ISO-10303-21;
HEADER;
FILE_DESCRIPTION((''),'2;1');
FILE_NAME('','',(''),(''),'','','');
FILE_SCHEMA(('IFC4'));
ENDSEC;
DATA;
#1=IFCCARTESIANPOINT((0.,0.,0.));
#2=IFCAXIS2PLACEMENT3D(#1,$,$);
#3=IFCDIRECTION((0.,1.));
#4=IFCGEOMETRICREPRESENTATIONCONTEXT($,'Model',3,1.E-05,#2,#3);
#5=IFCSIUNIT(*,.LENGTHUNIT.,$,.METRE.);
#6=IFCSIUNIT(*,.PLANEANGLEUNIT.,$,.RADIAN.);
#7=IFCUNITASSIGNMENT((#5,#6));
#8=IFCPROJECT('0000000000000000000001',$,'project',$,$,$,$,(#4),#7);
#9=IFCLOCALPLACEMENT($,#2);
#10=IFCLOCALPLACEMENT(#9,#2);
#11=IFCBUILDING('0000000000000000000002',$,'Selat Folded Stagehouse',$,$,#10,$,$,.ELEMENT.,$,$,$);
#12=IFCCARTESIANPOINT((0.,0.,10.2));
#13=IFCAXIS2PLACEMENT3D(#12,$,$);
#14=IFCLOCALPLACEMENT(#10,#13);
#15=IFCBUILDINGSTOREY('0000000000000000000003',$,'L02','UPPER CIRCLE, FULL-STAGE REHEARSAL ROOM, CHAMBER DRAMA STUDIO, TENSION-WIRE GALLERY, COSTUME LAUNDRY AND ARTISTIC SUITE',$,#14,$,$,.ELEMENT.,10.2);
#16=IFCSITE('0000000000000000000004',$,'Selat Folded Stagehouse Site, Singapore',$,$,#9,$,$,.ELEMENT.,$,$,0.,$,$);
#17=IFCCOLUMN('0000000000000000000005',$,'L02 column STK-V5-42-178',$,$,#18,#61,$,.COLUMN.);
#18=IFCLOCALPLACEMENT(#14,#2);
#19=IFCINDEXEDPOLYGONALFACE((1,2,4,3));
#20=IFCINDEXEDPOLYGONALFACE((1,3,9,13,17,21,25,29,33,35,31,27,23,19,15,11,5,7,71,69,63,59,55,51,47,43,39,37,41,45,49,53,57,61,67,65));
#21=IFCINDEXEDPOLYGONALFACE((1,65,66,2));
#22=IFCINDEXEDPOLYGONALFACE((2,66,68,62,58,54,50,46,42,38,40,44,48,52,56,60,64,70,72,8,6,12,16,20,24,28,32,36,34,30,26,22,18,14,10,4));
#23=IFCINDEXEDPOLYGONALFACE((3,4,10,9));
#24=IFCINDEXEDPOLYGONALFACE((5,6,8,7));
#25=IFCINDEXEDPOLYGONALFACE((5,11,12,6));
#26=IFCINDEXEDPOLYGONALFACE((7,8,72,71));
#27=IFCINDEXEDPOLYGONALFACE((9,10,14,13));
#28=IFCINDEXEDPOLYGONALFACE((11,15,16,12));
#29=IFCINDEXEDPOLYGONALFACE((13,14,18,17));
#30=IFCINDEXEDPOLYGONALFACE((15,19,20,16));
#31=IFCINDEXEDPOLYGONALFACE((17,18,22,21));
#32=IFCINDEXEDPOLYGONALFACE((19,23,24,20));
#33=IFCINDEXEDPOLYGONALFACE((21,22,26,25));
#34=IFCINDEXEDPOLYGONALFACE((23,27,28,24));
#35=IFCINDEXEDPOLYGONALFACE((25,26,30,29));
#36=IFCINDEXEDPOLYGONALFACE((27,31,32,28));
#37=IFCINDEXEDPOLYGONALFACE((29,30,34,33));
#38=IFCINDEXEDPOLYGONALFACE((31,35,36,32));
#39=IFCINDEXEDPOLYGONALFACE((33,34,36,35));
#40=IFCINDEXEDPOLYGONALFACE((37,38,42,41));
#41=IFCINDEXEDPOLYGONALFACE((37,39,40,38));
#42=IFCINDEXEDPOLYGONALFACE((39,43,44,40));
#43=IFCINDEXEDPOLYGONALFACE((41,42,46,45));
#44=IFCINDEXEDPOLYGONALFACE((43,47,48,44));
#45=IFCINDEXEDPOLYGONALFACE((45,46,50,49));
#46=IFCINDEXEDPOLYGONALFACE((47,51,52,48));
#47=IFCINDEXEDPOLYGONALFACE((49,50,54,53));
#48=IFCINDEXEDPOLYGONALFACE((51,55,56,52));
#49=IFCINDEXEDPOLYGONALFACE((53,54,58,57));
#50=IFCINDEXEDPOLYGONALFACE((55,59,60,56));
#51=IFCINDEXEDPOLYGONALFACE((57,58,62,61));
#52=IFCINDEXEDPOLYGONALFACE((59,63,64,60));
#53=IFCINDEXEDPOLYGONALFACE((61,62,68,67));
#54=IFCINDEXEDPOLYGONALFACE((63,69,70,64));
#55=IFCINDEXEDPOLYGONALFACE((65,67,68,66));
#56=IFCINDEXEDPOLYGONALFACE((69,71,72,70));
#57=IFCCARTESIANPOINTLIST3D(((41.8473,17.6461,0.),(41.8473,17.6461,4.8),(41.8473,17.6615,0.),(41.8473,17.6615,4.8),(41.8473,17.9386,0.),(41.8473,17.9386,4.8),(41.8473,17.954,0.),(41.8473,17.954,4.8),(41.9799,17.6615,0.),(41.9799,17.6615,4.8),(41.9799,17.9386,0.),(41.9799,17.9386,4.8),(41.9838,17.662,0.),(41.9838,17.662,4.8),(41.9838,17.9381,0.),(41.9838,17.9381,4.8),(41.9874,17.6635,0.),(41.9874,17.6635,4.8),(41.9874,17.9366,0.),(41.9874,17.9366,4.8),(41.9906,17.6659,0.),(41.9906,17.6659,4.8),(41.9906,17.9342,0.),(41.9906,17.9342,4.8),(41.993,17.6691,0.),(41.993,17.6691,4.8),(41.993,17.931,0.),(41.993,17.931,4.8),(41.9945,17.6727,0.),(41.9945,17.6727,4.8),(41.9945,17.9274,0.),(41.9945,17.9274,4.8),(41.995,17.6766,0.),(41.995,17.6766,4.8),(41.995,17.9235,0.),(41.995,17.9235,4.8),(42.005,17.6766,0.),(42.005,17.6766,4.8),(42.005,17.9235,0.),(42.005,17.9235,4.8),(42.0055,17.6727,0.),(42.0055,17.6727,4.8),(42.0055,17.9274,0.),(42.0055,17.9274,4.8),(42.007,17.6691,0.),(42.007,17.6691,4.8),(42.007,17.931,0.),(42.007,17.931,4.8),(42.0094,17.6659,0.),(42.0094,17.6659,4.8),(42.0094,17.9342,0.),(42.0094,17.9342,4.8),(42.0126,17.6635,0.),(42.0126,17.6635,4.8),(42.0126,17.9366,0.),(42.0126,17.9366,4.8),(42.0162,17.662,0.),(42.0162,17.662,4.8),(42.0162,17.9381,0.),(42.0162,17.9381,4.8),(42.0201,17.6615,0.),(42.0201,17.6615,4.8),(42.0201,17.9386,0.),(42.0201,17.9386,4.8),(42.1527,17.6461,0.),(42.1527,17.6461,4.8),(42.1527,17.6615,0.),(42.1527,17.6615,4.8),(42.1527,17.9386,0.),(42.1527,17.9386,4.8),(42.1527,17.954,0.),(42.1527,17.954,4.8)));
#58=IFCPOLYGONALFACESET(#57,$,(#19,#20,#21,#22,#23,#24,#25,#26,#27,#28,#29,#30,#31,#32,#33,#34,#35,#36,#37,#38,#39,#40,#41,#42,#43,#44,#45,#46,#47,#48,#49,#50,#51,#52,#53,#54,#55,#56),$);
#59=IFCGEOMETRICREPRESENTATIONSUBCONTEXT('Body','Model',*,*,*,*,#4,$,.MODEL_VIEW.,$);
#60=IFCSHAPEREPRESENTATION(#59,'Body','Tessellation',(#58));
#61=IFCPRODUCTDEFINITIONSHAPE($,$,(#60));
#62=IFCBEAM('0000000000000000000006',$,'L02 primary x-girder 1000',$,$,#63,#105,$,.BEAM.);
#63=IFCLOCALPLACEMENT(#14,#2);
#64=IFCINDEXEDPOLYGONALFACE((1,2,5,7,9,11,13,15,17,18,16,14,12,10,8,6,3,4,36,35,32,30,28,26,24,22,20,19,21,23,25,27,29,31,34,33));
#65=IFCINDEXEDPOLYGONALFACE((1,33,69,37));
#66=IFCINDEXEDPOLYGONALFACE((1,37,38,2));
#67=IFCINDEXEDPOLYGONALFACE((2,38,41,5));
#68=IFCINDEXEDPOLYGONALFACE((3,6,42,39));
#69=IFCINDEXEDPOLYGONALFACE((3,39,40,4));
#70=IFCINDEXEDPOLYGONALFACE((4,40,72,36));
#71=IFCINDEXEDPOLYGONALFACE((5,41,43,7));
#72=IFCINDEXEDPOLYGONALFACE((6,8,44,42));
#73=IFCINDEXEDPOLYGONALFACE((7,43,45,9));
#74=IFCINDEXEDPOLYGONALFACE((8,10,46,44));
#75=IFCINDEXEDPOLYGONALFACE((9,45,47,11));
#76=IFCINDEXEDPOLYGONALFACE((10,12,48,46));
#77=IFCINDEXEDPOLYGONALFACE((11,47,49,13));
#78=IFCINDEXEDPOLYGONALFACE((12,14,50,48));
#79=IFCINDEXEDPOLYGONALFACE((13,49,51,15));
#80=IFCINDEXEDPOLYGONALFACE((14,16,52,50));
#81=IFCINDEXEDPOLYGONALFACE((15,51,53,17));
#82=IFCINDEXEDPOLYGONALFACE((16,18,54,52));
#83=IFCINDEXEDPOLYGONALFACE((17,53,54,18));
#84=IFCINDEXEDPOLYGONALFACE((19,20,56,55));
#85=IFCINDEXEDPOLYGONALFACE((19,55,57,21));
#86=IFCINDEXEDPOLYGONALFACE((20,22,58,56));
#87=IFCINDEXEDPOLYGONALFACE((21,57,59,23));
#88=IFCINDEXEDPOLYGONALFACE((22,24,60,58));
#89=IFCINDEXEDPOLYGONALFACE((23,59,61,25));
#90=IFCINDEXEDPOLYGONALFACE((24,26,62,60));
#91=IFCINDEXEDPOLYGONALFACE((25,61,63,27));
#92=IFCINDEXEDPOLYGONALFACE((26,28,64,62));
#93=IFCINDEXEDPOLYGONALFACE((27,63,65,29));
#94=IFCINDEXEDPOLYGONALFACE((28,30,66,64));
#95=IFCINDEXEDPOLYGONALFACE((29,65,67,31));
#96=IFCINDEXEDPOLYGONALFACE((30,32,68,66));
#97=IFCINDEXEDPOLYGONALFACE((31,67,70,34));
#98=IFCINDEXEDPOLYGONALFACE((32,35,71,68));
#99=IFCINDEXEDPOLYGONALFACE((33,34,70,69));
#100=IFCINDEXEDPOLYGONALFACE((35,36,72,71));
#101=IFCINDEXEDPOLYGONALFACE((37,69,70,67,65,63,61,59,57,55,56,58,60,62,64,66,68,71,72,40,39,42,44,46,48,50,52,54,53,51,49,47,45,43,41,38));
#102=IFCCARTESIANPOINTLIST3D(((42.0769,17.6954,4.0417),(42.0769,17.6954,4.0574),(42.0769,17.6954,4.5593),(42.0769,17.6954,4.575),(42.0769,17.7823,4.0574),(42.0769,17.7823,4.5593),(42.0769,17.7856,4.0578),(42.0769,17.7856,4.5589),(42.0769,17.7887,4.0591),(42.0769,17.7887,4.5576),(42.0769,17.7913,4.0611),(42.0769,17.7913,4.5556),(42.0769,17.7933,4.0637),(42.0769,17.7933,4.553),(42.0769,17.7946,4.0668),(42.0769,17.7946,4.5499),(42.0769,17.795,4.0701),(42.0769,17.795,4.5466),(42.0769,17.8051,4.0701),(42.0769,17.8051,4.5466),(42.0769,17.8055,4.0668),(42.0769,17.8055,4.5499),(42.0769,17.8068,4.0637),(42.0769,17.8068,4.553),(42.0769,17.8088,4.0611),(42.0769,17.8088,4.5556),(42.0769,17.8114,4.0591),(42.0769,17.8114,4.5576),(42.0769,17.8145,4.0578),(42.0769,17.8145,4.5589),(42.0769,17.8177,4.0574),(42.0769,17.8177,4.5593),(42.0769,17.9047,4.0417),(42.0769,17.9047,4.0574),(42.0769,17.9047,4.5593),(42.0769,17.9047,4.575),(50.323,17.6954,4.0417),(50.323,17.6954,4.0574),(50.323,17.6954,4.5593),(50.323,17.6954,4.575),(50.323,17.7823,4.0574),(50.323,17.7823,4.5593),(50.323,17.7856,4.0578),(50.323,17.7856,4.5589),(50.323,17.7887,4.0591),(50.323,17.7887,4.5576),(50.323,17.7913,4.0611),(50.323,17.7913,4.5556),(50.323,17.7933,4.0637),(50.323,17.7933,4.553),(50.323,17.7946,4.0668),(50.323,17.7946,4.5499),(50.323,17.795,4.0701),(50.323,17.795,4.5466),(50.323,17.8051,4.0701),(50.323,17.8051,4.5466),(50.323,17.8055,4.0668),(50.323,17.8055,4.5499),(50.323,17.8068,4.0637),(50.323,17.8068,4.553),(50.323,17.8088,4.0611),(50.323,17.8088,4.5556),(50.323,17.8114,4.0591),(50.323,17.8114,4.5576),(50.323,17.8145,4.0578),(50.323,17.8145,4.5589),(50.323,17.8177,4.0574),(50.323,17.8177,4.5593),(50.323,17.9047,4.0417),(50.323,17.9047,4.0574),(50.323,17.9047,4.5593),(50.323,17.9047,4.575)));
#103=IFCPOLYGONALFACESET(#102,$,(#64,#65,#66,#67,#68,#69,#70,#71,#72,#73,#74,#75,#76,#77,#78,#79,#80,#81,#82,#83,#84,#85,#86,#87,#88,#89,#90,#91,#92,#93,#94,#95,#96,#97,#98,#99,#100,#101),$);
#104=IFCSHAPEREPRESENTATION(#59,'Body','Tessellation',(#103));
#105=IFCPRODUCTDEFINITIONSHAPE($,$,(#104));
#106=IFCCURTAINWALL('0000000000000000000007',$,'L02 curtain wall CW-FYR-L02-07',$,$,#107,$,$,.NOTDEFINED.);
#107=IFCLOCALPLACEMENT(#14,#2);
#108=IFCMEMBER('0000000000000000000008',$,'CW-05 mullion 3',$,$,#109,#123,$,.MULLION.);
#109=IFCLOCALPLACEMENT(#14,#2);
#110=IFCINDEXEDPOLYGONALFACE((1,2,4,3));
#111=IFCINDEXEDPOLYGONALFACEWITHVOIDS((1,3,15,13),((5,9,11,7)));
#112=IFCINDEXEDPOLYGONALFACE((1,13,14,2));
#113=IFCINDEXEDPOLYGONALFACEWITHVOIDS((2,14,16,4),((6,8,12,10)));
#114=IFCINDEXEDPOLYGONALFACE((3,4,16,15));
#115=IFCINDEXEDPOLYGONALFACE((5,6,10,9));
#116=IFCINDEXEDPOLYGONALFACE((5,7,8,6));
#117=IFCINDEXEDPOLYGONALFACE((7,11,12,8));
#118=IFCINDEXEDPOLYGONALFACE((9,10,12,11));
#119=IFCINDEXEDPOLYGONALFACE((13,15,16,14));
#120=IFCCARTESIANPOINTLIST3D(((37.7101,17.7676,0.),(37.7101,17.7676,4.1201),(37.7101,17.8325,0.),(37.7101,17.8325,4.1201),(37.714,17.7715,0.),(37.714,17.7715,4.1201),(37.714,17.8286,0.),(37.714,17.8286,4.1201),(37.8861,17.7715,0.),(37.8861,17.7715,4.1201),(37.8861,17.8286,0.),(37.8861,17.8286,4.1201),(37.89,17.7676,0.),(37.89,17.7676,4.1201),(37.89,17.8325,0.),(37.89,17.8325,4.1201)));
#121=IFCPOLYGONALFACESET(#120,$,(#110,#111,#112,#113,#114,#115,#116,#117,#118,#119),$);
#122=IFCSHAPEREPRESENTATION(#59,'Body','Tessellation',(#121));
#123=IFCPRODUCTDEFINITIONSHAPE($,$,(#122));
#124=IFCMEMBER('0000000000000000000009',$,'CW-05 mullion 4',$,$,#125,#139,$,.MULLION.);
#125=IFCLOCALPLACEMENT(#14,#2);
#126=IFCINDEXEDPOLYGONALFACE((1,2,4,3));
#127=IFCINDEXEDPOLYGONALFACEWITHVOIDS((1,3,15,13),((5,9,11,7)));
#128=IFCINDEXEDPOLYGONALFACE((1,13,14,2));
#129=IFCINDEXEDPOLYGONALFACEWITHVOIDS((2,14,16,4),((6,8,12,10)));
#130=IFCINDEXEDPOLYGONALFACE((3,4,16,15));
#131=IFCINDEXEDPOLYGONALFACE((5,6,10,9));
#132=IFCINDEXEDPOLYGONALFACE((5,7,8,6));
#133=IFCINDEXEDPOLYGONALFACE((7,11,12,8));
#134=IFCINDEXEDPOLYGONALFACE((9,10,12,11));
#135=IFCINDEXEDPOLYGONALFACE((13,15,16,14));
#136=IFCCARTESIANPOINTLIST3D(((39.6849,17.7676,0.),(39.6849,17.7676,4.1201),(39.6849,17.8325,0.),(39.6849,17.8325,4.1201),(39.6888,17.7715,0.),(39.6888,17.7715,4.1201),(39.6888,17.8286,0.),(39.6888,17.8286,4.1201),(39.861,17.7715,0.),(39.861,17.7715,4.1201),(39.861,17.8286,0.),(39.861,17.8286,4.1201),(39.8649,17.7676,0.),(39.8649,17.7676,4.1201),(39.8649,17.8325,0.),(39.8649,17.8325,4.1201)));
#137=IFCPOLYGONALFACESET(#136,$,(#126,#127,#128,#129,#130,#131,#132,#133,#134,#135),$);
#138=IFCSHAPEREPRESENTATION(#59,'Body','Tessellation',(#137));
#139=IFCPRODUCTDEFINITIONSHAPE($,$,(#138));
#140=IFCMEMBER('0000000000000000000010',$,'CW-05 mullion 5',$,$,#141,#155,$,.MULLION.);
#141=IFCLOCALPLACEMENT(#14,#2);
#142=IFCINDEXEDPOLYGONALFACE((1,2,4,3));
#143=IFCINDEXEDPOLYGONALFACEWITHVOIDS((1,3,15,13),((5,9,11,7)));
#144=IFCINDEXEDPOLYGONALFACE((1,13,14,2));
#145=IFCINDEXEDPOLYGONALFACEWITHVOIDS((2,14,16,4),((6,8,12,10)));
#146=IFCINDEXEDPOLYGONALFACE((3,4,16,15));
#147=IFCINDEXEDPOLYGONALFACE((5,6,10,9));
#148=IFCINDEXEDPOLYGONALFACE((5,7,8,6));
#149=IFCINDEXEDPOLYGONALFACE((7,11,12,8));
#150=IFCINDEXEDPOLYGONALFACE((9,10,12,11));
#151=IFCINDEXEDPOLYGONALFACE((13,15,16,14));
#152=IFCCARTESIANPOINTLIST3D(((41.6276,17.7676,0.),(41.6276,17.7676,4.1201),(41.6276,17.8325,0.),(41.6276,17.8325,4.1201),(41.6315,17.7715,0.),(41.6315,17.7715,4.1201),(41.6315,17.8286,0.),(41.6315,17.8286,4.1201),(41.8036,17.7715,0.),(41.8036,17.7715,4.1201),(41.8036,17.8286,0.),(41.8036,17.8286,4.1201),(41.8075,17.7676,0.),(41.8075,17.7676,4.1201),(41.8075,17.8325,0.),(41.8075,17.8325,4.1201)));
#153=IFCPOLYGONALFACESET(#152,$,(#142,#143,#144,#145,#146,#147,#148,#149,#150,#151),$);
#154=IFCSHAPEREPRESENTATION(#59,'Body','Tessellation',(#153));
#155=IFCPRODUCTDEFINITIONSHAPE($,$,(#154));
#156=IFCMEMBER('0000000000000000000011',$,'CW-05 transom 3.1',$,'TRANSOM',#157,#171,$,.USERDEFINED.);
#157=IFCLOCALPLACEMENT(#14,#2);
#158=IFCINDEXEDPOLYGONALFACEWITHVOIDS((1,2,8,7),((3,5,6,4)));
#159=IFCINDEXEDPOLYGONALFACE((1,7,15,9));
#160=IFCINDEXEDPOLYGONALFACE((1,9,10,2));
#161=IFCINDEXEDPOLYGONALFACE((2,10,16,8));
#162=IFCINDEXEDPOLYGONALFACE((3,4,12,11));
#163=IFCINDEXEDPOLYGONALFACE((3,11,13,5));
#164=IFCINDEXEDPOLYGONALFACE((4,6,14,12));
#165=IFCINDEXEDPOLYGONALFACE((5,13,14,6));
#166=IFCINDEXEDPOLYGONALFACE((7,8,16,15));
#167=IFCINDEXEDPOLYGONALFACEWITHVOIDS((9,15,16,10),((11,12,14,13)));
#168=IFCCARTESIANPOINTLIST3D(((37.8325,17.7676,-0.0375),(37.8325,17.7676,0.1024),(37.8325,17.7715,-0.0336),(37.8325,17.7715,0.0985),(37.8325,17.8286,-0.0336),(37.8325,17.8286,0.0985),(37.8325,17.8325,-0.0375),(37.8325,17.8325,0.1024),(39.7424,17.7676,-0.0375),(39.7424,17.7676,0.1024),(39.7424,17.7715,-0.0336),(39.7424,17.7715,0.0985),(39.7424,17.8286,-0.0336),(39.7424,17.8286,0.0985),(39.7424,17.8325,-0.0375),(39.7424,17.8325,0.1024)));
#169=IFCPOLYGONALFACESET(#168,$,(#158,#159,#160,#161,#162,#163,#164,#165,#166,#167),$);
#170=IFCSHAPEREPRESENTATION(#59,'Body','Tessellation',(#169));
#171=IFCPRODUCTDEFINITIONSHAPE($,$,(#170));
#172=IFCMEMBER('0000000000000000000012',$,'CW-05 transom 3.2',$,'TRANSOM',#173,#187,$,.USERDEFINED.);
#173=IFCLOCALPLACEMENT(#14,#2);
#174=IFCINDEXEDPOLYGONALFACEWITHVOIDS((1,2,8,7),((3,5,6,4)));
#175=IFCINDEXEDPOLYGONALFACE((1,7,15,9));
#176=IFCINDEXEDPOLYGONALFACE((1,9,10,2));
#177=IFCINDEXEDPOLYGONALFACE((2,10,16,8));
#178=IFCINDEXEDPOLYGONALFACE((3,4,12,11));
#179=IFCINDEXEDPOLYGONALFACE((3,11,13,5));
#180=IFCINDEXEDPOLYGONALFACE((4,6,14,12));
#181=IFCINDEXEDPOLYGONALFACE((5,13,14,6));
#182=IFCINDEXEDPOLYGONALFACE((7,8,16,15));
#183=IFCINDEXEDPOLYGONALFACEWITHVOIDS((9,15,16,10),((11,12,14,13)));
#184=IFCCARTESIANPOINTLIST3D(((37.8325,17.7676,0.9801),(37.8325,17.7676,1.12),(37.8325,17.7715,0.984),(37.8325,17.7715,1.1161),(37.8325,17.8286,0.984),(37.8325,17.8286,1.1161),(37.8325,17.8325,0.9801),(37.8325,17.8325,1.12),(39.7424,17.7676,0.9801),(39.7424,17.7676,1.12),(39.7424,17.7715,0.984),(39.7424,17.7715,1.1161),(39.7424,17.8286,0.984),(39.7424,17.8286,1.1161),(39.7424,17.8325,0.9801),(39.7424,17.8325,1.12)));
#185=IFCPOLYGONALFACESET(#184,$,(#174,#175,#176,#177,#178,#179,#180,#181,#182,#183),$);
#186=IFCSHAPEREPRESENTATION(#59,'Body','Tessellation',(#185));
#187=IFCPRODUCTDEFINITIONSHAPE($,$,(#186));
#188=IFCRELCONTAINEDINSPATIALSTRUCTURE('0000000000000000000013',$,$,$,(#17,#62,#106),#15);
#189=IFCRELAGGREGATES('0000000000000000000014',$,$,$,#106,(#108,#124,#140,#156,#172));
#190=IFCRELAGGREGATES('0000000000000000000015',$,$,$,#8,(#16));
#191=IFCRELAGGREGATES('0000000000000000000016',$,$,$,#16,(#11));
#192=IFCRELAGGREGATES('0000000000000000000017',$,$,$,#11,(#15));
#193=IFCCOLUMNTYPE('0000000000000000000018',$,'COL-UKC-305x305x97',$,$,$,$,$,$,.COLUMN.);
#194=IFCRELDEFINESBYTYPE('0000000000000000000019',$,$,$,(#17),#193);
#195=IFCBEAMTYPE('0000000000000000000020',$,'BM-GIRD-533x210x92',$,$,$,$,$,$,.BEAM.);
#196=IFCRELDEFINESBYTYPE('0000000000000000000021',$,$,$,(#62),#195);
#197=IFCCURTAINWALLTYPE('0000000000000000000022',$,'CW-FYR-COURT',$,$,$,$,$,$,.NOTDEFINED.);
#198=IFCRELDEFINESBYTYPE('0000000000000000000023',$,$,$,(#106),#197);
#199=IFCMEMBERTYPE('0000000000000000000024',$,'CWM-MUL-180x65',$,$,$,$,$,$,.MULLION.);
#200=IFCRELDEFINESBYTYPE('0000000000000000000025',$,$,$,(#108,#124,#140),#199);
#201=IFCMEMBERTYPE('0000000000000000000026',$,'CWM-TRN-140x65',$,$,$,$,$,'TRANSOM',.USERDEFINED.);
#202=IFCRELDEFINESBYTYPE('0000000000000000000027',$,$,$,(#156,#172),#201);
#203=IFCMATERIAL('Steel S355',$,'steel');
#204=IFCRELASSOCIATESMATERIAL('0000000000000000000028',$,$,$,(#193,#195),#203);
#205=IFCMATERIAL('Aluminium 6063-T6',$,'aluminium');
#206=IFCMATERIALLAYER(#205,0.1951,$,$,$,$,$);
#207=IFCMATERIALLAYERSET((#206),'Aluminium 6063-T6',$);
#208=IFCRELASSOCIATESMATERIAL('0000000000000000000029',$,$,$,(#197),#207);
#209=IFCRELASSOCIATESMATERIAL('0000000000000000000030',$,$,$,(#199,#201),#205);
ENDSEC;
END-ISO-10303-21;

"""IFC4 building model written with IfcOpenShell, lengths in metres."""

from ifc_helpers import new_model, si_unit, direction, frame, origin, origin_2d, place, context, subcontext, project, spatial, hollow_rectangle, i_section, extrude, material, layer, layer_set, material_profile, profile_set, type_object, element, aggregate, save


model = new_model("IFC4")

# Units and contexts
model_context = context("Model", 3, precision=1e-05, world=origin(), true_north=direction((0.0, 1.0)))
body_context = subcontext(model_context, "Body", "Model", "MODEL_VIEW")
ifc_project = project(units=[si_unit("LENGTHUNIT", "METRE"), si_unit("PLANEANGLEUNIT", "RADIAN")], contexts=[model_context])

# Site, building, storey
site_placement = place(None, origin())
site = spatial("IfcSite", under=ifc_project, at=site_placement, Name="Selat Folded Stagehouse Site, Singapore", CompositionType="ELEMENT", RefElevation=0.0)
building_placement = place(site_placement, origin())
building = spatial("IfcBuilding", under=site, at=building_placement, Name="Selat Folded Stagehouse", CompositionType="ELEMENT")
storey_placement = place(building_placement, frame((0.0, 0.0, 10.2)))
storey = spatial("IfcBuildingStorey", under=building, at=storey_placement, Name="L02", Description="UPPER CIRCLE, FULL-STAGE REHEARSAL ROOM, CHAMBER DRAMA STUDIO, TENSION-WIRE GALLERY, COSTUME LAUNDRY AND ARTISTIC SUITE", CompositionType="ELEMENT", Elevation=10.2)

# Column
ifc_material_1 = material(Name="Steel S355", Category="steel")
ifc_material_profile_1 = material_profile(ifc_material_1, i_section(OverallWidth=0.3054, OverallDepth=0.3079, WebThickness=0.01, FlangeThickness=0.0154, FilletRadius=0.0151, at=origin_2d()), Name="UKC 305x305x97")
ifc_profile_set_1 = profile_set([ifc_material_profile_1], Name="Steel S355")
column_type = type_object("IfcColumnType", Name="COL-UKC-305x305x97", PredefinedType="COLUMN", material=ifc_profile_set_1)
column_placement = place(storey_placement, frame((42.0, 17.8, 0.0), z_axis=(0.0, 0.0, 1.0), x_axis=(1.0, 0.0, 0.0)))
element("IfcColumn", 1, at=column_placement, inside=storey, type_object=column_type, Name="L02 column STK-V5-42-178", PredefinedType="COLUMN", context=body_context, shape_type="SweptSolid", body=[
    extrude(i_section(OverallWidth=0.3054, OverallDepth=0.3079, WebThickness=0.01, FlangeThickness=0.0154, FilletRadius=0.0151, at=origin_2d()), origin(), (0.0, 0.0, 1.0), 4.8),
])

# Beam
ifc_material_profile_2 = material_profile(ifc_material_1, i_section(OverallWidth=0.2092, OverallDepth=0.5332, WebThickness=0.01, FlangeThickness=0.0156, FilletRadius=0.0127, at=origin_2d()), Name="UKB 533x210x92")
ifc_profile_set_2 = profile_set([ifc_material_profile_2], Name="Steel S355")
beam_type = type_object("IfcBeamType", Name="BM-GIRD-533x210x92", PredefinedType="BEAM", material=ifc_profile_set_2)
beam_placement = place(storey_placement, frame((42.0769, 17.8, 4.3083), z_axis=(1.0, 0.0, 0.0), x_axis=(0.0, 1.0, 0.0)))
element("IfcBeam", 2, at=beam_placement, inside=storey, type_object=beam_type, Name="L02 primary x-girder 1000", PredefinedType="BEAM", context=body_context, shape_type="SweptSolid", body=[
    extrude(i_section(OverallWidth=0.2092, OverallDepth=0.5332, WebThickness=0.01, FlangeThickness=0.0156, FilletRadius=0.0127, at=origin_2d()), origin(), (0.0, 0.0, 1.0), 8.2461),
])

# Curtain wall, members
ifc_material_2 = material(Name="Aluminium 6063-T6", Category="aluminium")
ifc_layer_1 = layer(ifc_material_2, 0.1951)
ifc_layer_set_1 = layer_set([ifc_layer_1], Name="Aluminium 6063-T6")
curtain_wall_type = type_object("IfcCurtainWallType", Name="CW-FYR-COURT", PredefinedType="NOTDEFINED", material=ifc_layer_set_1)
curtain_wall_placement = place(storey_placement, origin())
curtain_wall = element("IfcCurtainWall", 3, at=curtain_wall_placement, inside=storey, type_object=curtain_wall_type, Name="L02 curtain wall CW-FYR-L02-07", PredefinedType="NOTDEFINED")
ifc_material_profile_3 = material_profile(ifc_material_2, hollow_rectangle(XDim=0.0649, YDim=0.1799, WallThickness=0.0039, at=origin_2d()), Name="ALU 180x65x4.0")
ifc_profile_set_3 = profile_set([ifc_material_profile_3], Name="Aluminium 6063-T6")
member_type_1 = type_object("IfcMemberType", Name="CWM-MUL-180x65", PredefinedType="MULLION", material=ifc_profile_set_3)
member_1_placement = place(storey_placement, frame((37.8, 17.8, 0.0), z_axis=(0.0, 0.0, 1.0), x_axis=(0.0, 1.0, 0.0)))
member_1 = element("IfcMember", 4, at=member_1_placement, type_object=member_type_1, Name="CW-05 mullion 3", PredefinedType="MULLION", context=body_context, shape_type="SweptSolid", body=[
    extrude(hollow_rectangle(XDim=0.0649, YDim=0.1799, WallThickness=0.0039, at=origin_2d()), origin(), (0.0, 0.0, 1.0), 4.1201),
])
member_2_placement = place(storey_placement, frame((39.7749, 17.8, 0.0), z_axis=(0.0, 0.0, 1.0), x_axis=(0.0, 1.0, 0.0)))
member_2 = element("IfcMember", 5, at=member_2_placement, type_object=member_type_1, Name="CW-05 mullion 4", PredefinedType="MULLION", context=body_context, shape_type="SweptSolid", body=[
    extrude(hollow_rectangle(XDim=0.0649, YDim=0.1799, WallThickness=0.0039, at=origin_2d()), origin(), (0.0, 0.0, 1.0), 4.1201),
])
member_3_placement = place(storey_placement, frame((41.7175, 17.8, 0.0), z_axis=(0.0, 0.0, 1.0), x_axis=(0.0, 1.0, 0.0)))
member_3 = element("IfcMember", 6, at=member_3_placement, type_object=member_type_1, Name="CW-05 mullion 5", PredefinedType="MULLION", context=body_context, shape_type="SweptSolid", body=[
    extrude(hollow_rectangle(XDim=0.0649, YDim=0.1799, WallThickness=0.0039, at=origin_2d()), origin(), (0.0, 0.0, 1.0), 4.1201),
])
ifc_material_profile_4 = material_profile(ifc_material_2, hollow_rectangle(XDim=0.0649, YDim=0.1399, WallThickness=0.0039, at=origin_2d()), Name="ALU 140x65x4.0")
ifc_profile_set_4 = profile_set([ifc_material_profile_4], Name="Aluminium 6063-T6")
member_type_2 = type_object("IfcMemberType", Name="CWM-TRN-140x65", ElementType="TRANSOM", PredefinedType="USERDEFINED", material=ifc_profile_set_4)
member_4_placement = place(storey_placement, frame((37.8325, 17.8, 0.0325), z_axis=(1.0, 0.0, 0.0), x_axis=(0.0, 1.0, 0.0)))
member_4 = element("IfcMember", 7, at=member_4_placement, type_object=member_type_2, Name="CW-05 transom 3.1", ObjectType="TRANSOM", PredefinedType="USERDEFINED", context=body_context, shape_type="SweptSolid", body=[
    extrude(hollow_rectangle(XDim=0.0649, YDim=0.1399, WallThickness=0.0039, at=origin_2d()), origin(), (0.0, 0.0, 1.0), 1.9099),
])
member_5_placement = place(storey_placement, frame((37.8325, 17.8, 1.05), z_axis=(1.0, 0.0, 0.0), x_axis=(0.0, 1.0, 0.0)))
member_5 = element("IfcMember", 8, at=member_5_placement, type_object=member_type_2, Name="CW-05 transom 3.2", ObjectType="TRANSOM", PredefinedType="USERDEFINED", context=body_context, shape_type="SweptSolid", body=[
    extrude(hollow_rectangle(XDim=0.0649, YDim=0.1399, WallThickness=0.0039, at=origin_2d()), origin(), (0.0, 0.0, 1.0), 1.9099),
])
aggregate(curtain_wall, [member_1, member_2, member_3, member_4, member_5])

save(model, "model.ifc")
